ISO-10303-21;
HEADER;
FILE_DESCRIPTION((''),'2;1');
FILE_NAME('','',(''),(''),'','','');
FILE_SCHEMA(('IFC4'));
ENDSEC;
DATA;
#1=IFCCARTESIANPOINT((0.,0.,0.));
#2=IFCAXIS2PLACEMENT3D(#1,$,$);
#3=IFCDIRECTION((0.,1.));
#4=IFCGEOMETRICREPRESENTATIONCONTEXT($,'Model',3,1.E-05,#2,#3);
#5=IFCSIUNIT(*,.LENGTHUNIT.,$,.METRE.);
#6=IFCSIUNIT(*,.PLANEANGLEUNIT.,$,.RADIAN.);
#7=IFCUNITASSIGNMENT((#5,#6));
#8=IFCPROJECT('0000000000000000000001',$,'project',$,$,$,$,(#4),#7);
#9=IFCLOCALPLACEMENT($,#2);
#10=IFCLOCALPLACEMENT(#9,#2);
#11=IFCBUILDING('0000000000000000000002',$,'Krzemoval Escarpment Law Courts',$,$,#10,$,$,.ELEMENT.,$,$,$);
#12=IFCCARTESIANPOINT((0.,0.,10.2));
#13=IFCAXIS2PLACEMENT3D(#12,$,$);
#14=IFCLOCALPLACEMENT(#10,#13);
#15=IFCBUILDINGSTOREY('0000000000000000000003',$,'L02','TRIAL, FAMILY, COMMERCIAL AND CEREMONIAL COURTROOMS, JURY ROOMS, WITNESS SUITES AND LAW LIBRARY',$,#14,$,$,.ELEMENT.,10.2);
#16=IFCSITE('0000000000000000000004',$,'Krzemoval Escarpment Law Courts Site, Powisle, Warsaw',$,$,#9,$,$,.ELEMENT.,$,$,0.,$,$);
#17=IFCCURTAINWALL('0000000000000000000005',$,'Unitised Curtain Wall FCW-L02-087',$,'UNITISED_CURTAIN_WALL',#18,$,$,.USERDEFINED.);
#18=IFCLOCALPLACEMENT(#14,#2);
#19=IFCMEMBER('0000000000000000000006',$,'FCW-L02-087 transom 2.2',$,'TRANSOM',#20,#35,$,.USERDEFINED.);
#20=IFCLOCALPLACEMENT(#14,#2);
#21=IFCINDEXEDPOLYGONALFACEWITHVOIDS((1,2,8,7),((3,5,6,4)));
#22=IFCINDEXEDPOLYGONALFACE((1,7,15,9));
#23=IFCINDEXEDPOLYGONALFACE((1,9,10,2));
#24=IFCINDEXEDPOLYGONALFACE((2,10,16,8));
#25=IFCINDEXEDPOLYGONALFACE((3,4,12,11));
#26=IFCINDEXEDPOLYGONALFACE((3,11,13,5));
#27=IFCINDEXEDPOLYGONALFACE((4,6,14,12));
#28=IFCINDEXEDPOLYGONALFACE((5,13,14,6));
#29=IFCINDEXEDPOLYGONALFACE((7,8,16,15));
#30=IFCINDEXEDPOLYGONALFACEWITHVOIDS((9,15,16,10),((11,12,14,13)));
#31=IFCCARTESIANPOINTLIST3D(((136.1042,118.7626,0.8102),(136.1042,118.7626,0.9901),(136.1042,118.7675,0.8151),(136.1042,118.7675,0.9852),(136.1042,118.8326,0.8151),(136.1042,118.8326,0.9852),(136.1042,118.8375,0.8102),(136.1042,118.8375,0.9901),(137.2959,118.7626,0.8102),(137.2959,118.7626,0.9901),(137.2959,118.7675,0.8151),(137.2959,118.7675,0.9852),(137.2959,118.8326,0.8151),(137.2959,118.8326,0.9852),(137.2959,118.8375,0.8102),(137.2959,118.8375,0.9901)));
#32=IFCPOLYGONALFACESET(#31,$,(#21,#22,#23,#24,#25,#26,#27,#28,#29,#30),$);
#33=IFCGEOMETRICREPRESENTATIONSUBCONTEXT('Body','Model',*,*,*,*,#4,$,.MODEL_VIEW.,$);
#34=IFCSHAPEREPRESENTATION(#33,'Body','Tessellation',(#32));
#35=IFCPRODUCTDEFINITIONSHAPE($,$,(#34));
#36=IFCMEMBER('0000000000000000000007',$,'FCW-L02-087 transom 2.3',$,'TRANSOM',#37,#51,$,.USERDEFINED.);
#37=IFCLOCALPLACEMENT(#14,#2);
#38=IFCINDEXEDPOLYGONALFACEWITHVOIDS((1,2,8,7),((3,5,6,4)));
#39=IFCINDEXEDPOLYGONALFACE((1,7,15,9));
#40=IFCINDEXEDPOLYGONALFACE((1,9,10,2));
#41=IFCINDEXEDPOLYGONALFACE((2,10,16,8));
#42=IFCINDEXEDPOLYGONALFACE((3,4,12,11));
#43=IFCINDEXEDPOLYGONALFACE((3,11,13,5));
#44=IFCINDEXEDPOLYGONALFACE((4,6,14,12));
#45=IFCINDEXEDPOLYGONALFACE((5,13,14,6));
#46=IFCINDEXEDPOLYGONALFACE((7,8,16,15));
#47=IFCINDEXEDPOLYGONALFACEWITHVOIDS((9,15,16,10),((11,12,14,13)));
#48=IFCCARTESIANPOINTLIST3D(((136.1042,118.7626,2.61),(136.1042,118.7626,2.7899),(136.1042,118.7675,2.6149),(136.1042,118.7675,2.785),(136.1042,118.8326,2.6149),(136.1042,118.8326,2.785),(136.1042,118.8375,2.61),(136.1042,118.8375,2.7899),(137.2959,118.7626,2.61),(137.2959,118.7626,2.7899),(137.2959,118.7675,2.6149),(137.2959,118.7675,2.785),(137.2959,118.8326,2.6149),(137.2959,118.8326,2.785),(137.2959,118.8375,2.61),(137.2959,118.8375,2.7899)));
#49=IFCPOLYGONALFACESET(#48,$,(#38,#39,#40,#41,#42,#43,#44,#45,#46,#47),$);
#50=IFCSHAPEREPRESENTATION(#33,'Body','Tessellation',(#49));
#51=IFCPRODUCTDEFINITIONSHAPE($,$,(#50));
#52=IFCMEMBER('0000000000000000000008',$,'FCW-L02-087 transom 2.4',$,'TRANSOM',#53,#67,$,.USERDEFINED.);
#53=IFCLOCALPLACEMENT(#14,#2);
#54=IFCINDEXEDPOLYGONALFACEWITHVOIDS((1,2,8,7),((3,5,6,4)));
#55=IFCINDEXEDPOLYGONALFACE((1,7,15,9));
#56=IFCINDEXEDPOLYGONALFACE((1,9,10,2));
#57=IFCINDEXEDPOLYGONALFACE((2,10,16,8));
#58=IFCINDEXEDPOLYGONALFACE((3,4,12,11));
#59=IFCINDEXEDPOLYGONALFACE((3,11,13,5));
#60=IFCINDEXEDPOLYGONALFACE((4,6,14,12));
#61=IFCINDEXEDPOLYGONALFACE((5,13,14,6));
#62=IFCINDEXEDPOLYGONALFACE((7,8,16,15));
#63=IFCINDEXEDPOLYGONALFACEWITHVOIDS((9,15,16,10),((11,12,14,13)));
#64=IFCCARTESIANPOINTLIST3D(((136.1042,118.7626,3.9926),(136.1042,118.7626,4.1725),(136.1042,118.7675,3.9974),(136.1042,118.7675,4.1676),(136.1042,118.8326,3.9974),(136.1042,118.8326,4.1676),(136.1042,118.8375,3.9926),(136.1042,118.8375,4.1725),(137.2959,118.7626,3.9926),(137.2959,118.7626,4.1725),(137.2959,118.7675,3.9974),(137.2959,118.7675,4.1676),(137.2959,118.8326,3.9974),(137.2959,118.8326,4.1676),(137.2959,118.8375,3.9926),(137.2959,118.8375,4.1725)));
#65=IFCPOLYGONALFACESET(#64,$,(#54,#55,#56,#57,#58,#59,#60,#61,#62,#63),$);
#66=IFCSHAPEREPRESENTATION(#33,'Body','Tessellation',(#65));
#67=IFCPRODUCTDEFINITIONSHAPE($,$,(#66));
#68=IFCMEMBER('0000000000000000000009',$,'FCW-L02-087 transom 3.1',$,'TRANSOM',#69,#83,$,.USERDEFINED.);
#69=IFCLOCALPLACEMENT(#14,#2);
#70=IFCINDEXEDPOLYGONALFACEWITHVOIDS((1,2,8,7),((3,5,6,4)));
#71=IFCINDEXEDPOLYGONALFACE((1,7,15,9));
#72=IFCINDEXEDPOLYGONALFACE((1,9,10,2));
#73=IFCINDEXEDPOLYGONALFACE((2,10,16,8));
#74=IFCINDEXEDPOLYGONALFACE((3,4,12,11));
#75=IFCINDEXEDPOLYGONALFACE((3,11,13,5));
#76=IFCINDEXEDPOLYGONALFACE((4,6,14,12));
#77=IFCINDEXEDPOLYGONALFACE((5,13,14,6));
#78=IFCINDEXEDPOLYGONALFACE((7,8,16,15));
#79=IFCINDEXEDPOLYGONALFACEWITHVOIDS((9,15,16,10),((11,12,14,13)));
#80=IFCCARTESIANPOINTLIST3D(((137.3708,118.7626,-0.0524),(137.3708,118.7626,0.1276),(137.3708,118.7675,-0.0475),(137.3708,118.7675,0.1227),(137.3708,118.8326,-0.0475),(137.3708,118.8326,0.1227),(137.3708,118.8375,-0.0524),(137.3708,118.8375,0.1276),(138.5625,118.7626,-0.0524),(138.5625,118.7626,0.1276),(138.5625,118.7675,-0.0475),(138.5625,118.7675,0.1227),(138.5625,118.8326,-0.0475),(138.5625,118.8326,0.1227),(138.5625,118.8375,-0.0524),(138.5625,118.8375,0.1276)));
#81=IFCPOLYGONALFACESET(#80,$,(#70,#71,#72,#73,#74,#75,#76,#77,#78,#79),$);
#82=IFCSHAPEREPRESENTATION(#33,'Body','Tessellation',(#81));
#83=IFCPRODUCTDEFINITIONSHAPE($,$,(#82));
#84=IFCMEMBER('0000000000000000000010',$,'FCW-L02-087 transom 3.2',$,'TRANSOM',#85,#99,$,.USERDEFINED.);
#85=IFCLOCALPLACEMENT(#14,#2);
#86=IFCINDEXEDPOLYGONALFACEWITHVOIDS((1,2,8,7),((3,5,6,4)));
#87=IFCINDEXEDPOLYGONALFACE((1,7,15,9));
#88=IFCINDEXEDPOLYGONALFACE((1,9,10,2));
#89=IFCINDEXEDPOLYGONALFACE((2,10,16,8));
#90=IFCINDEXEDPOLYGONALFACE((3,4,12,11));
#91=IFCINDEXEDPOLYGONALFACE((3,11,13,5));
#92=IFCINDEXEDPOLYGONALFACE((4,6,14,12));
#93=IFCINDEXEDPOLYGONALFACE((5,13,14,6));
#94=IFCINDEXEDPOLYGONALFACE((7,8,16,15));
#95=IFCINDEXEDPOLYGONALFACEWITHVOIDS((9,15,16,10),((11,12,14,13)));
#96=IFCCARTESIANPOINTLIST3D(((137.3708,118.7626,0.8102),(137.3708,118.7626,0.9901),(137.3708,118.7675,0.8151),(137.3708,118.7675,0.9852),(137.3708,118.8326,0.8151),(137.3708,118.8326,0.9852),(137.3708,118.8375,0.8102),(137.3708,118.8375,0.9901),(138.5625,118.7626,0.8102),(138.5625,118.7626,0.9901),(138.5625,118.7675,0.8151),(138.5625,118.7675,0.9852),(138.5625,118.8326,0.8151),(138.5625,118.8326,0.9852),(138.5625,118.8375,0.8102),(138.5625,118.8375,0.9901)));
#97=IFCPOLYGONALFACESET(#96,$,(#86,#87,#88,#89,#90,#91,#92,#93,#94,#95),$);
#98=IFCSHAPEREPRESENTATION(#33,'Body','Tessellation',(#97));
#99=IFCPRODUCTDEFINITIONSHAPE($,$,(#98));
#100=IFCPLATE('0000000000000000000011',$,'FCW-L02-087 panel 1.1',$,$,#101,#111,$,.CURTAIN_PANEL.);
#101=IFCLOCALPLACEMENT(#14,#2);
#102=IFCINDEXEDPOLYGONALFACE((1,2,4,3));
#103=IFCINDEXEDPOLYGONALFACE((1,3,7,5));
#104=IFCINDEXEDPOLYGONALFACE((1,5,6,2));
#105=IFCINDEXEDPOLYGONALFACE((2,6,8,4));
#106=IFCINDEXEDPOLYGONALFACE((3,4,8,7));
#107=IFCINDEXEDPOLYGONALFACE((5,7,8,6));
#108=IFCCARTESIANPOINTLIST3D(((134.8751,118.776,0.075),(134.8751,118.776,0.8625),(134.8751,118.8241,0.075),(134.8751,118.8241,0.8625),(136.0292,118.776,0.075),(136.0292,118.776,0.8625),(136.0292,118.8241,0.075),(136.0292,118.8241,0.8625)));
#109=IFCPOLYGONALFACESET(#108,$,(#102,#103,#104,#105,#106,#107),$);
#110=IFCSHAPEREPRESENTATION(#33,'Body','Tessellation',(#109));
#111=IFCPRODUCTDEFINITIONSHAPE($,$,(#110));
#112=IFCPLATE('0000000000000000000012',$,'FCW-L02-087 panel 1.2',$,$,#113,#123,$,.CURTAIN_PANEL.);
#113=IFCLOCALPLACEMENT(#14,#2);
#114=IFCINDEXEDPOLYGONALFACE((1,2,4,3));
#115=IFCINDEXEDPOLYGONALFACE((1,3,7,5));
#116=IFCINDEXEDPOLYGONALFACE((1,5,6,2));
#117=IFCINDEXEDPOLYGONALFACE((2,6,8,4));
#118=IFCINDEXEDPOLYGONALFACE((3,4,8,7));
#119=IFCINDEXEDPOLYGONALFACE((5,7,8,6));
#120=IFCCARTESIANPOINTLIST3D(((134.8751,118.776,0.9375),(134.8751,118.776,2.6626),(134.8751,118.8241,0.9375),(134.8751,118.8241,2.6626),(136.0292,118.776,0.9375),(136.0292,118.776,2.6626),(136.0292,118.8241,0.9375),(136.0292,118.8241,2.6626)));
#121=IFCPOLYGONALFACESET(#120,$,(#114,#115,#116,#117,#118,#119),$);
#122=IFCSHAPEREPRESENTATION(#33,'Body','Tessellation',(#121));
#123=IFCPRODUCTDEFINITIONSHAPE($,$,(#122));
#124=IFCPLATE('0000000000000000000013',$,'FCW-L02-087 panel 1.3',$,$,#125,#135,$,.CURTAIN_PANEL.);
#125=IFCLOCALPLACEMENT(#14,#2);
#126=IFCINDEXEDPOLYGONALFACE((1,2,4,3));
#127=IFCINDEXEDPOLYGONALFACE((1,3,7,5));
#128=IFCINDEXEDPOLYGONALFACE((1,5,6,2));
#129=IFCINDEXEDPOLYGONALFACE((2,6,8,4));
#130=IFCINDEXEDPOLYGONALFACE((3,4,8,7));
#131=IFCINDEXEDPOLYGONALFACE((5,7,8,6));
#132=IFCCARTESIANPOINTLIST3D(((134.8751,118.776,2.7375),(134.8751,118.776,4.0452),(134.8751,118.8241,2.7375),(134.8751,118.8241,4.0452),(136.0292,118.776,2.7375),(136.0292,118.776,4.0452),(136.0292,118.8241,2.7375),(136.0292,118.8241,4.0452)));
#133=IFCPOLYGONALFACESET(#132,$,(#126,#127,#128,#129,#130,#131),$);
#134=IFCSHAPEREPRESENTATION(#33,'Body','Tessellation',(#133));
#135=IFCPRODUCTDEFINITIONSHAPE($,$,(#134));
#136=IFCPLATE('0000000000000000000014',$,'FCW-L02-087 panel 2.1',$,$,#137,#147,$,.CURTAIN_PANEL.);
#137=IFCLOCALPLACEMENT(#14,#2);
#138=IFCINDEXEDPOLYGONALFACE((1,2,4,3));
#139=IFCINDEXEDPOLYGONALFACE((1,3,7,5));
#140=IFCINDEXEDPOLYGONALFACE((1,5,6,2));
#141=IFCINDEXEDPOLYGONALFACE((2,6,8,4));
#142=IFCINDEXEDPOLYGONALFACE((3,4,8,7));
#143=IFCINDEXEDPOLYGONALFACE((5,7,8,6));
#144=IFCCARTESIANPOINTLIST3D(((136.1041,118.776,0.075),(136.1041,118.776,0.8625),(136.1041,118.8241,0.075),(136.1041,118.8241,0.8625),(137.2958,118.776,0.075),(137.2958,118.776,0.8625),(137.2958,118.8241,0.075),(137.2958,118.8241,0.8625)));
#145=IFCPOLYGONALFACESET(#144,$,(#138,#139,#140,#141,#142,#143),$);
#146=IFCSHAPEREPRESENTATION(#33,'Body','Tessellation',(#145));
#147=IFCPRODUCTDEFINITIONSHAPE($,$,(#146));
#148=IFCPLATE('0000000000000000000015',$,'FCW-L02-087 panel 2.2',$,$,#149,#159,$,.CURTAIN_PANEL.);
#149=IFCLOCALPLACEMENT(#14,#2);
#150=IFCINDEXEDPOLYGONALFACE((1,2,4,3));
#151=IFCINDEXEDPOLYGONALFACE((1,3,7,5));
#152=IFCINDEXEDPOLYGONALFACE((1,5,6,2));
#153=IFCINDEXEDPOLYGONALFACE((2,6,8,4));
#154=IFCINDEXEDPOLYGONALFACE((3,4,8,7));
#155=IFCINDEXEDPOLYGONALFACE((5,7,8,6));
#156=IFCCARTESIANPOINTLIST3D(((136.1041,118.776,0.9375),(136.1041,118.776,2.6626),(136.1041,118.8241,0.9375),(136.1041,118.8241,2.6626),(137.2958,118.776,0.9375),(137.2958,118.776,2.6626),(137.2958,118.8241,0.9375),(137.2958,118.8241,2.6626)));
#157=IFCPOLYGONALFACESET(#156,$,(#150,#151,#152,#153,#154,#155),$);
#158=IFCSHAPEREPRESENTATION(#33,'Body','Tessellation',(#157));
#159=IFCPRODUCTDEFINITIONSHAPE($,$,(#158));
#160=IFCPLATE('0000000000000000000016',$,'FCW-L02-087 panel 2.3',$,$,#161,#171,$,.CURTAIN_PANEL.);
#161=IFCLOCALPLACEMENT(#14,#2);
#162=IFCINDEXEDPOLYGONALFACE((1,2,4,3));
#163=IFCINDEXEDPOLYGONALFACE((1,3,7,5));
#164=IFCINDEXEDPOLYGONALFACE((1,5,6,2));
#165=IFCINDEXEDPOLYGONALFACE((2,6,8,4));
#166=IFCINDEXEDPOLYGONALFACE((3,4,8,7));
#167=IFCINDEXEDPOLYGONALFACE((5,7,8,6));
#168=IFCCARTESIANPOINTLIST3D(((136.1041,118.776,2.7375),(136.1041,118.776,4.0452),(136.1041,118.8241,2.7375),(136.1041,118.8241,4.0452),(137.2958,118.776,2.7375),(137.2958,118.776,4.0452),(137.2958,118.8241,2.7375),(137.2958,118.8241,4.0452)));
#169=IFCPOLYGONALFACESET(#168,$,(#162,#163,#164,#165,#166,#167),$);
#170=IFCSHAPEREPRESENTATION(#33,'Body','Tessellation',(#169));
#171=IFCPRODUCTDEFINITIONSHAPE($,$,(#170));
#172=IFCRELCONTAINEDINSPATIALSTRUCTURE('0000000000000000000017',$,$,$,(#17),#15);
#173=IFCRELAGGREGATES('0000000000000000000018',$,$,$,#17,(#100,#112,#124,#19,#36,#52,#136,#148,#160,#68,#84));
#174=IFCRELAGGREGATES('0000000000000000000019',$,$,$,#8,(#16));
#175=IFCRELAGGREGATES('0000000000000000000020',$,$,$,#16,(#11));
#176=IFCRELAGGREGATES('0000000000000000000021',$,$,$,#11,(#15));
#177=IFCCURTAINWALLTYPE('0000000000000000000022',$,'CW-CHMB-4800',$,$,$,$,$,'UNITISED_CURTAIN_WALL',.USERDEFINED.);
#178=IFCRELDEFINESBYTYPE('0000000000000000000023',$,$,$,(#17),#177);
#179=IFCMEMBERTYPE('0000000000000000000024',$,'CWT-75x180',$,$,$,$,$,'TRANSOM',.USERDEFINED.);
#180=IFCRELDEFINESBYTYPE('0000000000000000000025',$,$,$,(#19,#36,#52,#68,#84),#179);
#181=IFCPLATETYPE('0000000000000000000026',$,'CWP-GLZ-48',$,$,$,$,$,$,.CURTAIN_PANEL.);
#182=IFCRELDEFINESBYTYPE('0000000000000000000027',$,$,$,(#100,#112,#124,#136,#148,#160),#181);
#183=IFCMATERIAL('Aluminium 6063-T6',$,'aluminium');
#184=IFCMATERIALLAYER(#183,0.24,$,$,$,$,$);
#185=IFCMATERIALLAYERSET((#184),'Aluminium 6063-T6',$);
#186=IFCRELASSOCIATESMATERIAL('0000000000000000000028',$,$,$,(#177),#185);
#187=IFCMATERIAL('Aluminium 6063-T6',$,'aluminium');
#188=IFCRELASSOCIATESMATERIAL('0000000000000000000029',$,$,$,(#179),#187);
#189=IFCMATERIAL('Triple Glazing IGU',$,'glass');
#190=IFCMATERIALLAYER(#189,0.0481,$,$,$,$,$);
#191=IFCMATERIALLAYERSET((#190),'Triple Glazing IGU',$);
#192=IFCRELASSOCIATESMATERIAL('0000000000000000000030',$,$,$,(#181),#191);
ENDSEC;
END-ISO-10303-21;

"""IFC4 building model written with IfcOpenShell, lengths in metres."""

from ifc_helpers import new_model, si_unit, direction, frame, origin, origin_2d, place, context, subcontext, project, spatial, rectangle, hollow_rectangle, extrude, material, layer, layer_set, material_profile, profile_set, type_object, element, aggregate, save


model = new_model("IFC4")

# Units and contexts
model_context = context("Model", 3, precision=1e-05, world=origin(), true_north=direction((0.0, 1.0)))
body_context = subcontext(model_context, "Body", "Model", "MODEL_VIEW")
ifc_project = project(units=[si_unit("LENGTHUNIT", "METRE"), si_unit("PLANEANGLEUNIT", "RADIAN")], contexts=[model_context])

# Site, building, storey
site_placement = place(None, origin())
site = spatial("IfcSite", under=ifc_project, at=site_placement, Name="Krzemoval Escarpment Law Courts Site, Powisle, Warsaw", CompositionType="ELEMENT", RefElevation=0.0)
building_placement = place(site_placement, origin())
building = spatial("IfcBuilding", under=site, at=building_placement, Name="Krzemoval Escarpment Law Courts", CompositionType="ELEMENT")
storey_placement = place(building_placement, frame((0.0, 0.0, 10.2)))
storey = spatial("IfcBuildingStorey", under=building, at=storey_placement, Name="L02", Description="TRIAL, FAMILY, COMMERCIAL AND CEREMONIAL COURTROOMS, JURY ROOMS, WITNESS SUITES AND LAW LIBRARY", CompositionType="ELEMENT", Elevation=10.2)

# Curtain wall, members, plates
ifc_material_1 = material(Name="Aluminium 6063-T6", Category="aluminium")
ifc_layer_1 = layer(ifc_material_1, 0.24)
ifc_layer_set_1 = layer_set([ifc_layer_1], Name="Aluminium 6063-T6")
curtain_wall_type = type_object("IfcCurtainWallType", Name="CW-CHMB-4800", ElementType="UNITISED_CURTAIN_WALL", PredefinedType="USERDEFINED", material=ifc_layer_set_1)
curtain_wall_placement = place(storey_placement, origin())
curtain_wall = element("IfcCurtainWall", 1, at=curtain_wall_placement, inside=storey, type_object=curtain_wall_type, Name="Unitised Curtain Wall FCW-L02-087", ObjectType="UNITISED_CURTAIN_WALL", PredefinedType="USERDEFINED")
ifc_material_2 = material(Name="Aluminium 6063-T6", Category="aluminium")
ifc_material_profile_1 = material_profile(ifc_material_2, hollow_rectangle(XDim=0.075, YDim=0.1799, WallThickness=0.0049, at=origin_2d()), Name="ALU T75x180")
ifc_profile_set_1 = profile_set([ifc_material_profile_1], Name="Aluminium 6063-T6")
member_type_1 = type_object("IfcMemberType", Name="CWT-75x180", ElementType="TRANSOM", PredefinedType="USERDEFINED", material=ifc_profile_set_1)
member_1_placement = place(storey_placement, frame((136.1042, 118.8, 0.9001), z_axis=(1.0, 0.0, 0.0), x_axis=(0.0, 1.0, 0.0)))
member_1 = element("IfcMember", 2, at=member_1_placement, type_object=member_type_1, Name="FCW-L02-087 transom 2.2", ObjectType="TRANSOM", PredefinedType="USERDEFINED", context=body_context, shape_type="SweptSolid", body=[
    extrude(hollow_rectangle(XDim=0.075, YDim=0.1799, WallThickness=0.0049, at=origin_2d()), origin(), (0.0, 0.0, 1.0), 1.1917),
])
member_2_placement = place(storey_placement, frame((136.1042, 118.8, 2.7), z_axis=(1.0, 0.0, 0.0), x_axis=(0.0, 1.0, 0.0)))
member_2 = element("IfcMember", 3, at=member_2_placement, type_object=member_type_1, Name="FCW-L02-087 transom 2.3", ObjectType="TRANSOM", PredefinedType="USERDEFINED", context=body_context, shape_type="SweptSolid", body=[
    extrude(hollow_rectangle(XDim=0.075, YDim=0.1799, WallThickness=0.0049, at=origin_2d()), origin(), (0.0, 0.0, 1.0), 1.1917),
])
member_3_placement = place(storey_placement, frame((136.1042, 118.8, 4.0825), z_axis=(1.0, 0.0, 0.0), x_axis=(0.0, 1.0, 0.0)))
member_3 = element("IfcMember", 4, at=member_3_placement, type_object=member_type_1, Name="FCW-L02-087 transom 2.4", ObjectType="TRANSOM", PredefinedType="USERDEFINED", context=body_context, shape_type="SweptSolid", body=[
    extrude(hollow_rectangle(XDim=0.075, YDim=0.1799, WallThickness=0.0049, at=origin_2d()), origin(), (0.0, 0.0, 1.0), 1.1917),
])
member_4_placement = place(storey_placement, frame((137.3708, 118.8, 0.0376), z_axis=(1.0, 0.0, 0.0), x_axis=(0.0, 1.0, 0.0)))
member_4 = element("IfcMember", 5, at=member_4_placement, type_object=member_type_1, Name="FCW-L02-087 transom 3.1", ObjectType="TRANSOM", PredefinedType="USERDEFINED", context=body_context, shape_type="SweptSolid", body=[
    extrude(hollow_rectangle(XDim=0.075, YDim=0.1799, WallThickness=0.0049, at=origin_2d()), origin(), (0.0, 0.0, 1.0), 1.1917),
])
member_5_placement = place(storey_placement, frame((137.3708, 118.8, 0.9001), z_axis=(1.0, 0.0, 0.0), x_axis=(0.0, 1.0, 0.0)))
member_5 = element("IfcMember", 6, at=member_5_placement, type_object=member_type_1, Name="FCW-L02-087 transom 3.2", ObjectType="TRANSOM", PredefinedType="USERDEFINED", context=body_context, shape_type="SweptSolid", body=[
    extrude(hollow_rectangle(XDim=0.075, YDim=0.1799, WallThickness=0.0049, at=origin_2d()), origin(), (0.0, 0.0, 1.0), 1.1917),
])
ifc_material_3 = material(Name="Triple Glazing IGU", Category="glass")
ifc_layer_2 = layer(ifc_material_3, 0.0481)
ifc_layer_set_2 = layer_set([ifc_layer_2], Name="Triple Glazing IGU")
plate_type = type_object("IfcPlateType", Name="CWP-GLZ-48", PredefinedType="CURTAIN_PANEL", material=ifc_layer_set_2)
plate_1_placement = place(storey_placement, frame((135.4521, 118.8, 0.075), z_axis=(0.0, 0.0, 1.0), x_axis=(1.0, 0.0, 0.0)))
plate_1 = element("IfcPlate", 7, at=plate_1_placement, type_object=plate_type, Name="FCW-L02-087 panel 1.1", PredefinedType="CURTAIN_PANEL", context=body_context, shape_type="SweptSolid", body=[
    extrude(rectangle(XDim=1.1541, YDim=0.0481, at=origin_2d()), origin(), (0.0, 0.0, 1.0), 0.7876),
])
plate_2_placement = place(storey_placement, frame((135.4521, 118.8, 0.9375), z_axis=(0.0, 0.0, 1.0), x_axis=(1.0, 0.0, 0.0)))
plate_2 = element("IfcPlate", 8, at=plate_2_placement, type_object=plate_type, Name="FCW-L02-087 panel 1.2", PredefinedType="CURTAIN_PANEL", context=body_context, shape_type="SweptSolid", body=[
    extrude(rectangle(XDim=1.1541, YDim=0.0481, at=origin_2d()), origin(), (0.0, 0.0, 1.0), 1.7251),
])
plate_3_placement = place(storey_placement, frame((135.4521, 118.8, 2.7375), z_axis=(0.0, 0.0, 1.0), x_axis=(1.0, 0.0, 0.0)))
plate_3 = element("IfcPlate", 9, at=plate_3_placement, type_object=plate_type, Name="FCW-L02-087 panel 1.3", PredefinedType="CURTAIN_PANEL", context=body_context, shape_type="SweptSolid", body=[
    extrude(rectangle(XDim=1.1541, YDim=0.0481, at=origin_2d()), origin(), (0.0, 0.0, 1.0), 1.3076),
])
plate_4_placement = place(storey_placement, frame((136.7, 118.8, 0.075), z_axis=(0.0, 0.0, 1.0), x_axis=(1.0, 0.0, 0.0)))
plate_4 = element("IfcPlate", 10, at=plate_4_placement, type_object=plate_type, Name="FCW-L02-087 panel 2.1", PredefinedType="CURTAIN_PANEL", context=body_context, shape_type="SweptSolid", body=[
    extrude(rectangle(XDim=1.1917, YDim=0.0481, at=origin_2d()), origin(), (0.0, 0.0, 1.0), 0.7876),
])
plate_5_placement = place(storey_placement, frame((136.7, 118.8, 0.9375), z_axis=(0.0, 0.0, 1.0), x_axis=(1.0, 0.0, 0.0)))
plate_5 = element("IfcPlate", 11, at=plate_5_placement, type_object=plate_type, Name="FCW-L02-087 panel 2.2", PredefinedType="CURTAIN_PANEL", context=body_context, shape_type="SweptSolid", body=[
    extrude(rectangle(XDim=1.1917, YDim=0.0481, at=origin_2d()), origin(), (0.0, 0.0, 1.0), 1.7251),
])
plate_6_placement = place(storey_placement, frame((136.7, 118.8, 2.7375), z_axis=(0.0, 0.0, 1.0), x_axis=(1.0, 0.0, 0.0)))
plate_6 = element("IfcPlate", 12, at=plate_6_placement, type_object=plate_type, Name="FCW-L02-087 panel 2.3", PredefinedType="CURTAIN_PANEL", context=body_context, shape_type="SweptSolid", body=[
    extrude(rectangle(XDim=1.1917, YDim=0.0481, at=origin_2d()), origin(), (0.0, 0.0, 1.0), 1.3076),
])
aggregate(curtain_wall, [plate_1, plate_2, plate_3, member_1, member_2, member_3, plate_4, plate_5, plate_6, member_4, member_5])

save(model, "model.ifc")
